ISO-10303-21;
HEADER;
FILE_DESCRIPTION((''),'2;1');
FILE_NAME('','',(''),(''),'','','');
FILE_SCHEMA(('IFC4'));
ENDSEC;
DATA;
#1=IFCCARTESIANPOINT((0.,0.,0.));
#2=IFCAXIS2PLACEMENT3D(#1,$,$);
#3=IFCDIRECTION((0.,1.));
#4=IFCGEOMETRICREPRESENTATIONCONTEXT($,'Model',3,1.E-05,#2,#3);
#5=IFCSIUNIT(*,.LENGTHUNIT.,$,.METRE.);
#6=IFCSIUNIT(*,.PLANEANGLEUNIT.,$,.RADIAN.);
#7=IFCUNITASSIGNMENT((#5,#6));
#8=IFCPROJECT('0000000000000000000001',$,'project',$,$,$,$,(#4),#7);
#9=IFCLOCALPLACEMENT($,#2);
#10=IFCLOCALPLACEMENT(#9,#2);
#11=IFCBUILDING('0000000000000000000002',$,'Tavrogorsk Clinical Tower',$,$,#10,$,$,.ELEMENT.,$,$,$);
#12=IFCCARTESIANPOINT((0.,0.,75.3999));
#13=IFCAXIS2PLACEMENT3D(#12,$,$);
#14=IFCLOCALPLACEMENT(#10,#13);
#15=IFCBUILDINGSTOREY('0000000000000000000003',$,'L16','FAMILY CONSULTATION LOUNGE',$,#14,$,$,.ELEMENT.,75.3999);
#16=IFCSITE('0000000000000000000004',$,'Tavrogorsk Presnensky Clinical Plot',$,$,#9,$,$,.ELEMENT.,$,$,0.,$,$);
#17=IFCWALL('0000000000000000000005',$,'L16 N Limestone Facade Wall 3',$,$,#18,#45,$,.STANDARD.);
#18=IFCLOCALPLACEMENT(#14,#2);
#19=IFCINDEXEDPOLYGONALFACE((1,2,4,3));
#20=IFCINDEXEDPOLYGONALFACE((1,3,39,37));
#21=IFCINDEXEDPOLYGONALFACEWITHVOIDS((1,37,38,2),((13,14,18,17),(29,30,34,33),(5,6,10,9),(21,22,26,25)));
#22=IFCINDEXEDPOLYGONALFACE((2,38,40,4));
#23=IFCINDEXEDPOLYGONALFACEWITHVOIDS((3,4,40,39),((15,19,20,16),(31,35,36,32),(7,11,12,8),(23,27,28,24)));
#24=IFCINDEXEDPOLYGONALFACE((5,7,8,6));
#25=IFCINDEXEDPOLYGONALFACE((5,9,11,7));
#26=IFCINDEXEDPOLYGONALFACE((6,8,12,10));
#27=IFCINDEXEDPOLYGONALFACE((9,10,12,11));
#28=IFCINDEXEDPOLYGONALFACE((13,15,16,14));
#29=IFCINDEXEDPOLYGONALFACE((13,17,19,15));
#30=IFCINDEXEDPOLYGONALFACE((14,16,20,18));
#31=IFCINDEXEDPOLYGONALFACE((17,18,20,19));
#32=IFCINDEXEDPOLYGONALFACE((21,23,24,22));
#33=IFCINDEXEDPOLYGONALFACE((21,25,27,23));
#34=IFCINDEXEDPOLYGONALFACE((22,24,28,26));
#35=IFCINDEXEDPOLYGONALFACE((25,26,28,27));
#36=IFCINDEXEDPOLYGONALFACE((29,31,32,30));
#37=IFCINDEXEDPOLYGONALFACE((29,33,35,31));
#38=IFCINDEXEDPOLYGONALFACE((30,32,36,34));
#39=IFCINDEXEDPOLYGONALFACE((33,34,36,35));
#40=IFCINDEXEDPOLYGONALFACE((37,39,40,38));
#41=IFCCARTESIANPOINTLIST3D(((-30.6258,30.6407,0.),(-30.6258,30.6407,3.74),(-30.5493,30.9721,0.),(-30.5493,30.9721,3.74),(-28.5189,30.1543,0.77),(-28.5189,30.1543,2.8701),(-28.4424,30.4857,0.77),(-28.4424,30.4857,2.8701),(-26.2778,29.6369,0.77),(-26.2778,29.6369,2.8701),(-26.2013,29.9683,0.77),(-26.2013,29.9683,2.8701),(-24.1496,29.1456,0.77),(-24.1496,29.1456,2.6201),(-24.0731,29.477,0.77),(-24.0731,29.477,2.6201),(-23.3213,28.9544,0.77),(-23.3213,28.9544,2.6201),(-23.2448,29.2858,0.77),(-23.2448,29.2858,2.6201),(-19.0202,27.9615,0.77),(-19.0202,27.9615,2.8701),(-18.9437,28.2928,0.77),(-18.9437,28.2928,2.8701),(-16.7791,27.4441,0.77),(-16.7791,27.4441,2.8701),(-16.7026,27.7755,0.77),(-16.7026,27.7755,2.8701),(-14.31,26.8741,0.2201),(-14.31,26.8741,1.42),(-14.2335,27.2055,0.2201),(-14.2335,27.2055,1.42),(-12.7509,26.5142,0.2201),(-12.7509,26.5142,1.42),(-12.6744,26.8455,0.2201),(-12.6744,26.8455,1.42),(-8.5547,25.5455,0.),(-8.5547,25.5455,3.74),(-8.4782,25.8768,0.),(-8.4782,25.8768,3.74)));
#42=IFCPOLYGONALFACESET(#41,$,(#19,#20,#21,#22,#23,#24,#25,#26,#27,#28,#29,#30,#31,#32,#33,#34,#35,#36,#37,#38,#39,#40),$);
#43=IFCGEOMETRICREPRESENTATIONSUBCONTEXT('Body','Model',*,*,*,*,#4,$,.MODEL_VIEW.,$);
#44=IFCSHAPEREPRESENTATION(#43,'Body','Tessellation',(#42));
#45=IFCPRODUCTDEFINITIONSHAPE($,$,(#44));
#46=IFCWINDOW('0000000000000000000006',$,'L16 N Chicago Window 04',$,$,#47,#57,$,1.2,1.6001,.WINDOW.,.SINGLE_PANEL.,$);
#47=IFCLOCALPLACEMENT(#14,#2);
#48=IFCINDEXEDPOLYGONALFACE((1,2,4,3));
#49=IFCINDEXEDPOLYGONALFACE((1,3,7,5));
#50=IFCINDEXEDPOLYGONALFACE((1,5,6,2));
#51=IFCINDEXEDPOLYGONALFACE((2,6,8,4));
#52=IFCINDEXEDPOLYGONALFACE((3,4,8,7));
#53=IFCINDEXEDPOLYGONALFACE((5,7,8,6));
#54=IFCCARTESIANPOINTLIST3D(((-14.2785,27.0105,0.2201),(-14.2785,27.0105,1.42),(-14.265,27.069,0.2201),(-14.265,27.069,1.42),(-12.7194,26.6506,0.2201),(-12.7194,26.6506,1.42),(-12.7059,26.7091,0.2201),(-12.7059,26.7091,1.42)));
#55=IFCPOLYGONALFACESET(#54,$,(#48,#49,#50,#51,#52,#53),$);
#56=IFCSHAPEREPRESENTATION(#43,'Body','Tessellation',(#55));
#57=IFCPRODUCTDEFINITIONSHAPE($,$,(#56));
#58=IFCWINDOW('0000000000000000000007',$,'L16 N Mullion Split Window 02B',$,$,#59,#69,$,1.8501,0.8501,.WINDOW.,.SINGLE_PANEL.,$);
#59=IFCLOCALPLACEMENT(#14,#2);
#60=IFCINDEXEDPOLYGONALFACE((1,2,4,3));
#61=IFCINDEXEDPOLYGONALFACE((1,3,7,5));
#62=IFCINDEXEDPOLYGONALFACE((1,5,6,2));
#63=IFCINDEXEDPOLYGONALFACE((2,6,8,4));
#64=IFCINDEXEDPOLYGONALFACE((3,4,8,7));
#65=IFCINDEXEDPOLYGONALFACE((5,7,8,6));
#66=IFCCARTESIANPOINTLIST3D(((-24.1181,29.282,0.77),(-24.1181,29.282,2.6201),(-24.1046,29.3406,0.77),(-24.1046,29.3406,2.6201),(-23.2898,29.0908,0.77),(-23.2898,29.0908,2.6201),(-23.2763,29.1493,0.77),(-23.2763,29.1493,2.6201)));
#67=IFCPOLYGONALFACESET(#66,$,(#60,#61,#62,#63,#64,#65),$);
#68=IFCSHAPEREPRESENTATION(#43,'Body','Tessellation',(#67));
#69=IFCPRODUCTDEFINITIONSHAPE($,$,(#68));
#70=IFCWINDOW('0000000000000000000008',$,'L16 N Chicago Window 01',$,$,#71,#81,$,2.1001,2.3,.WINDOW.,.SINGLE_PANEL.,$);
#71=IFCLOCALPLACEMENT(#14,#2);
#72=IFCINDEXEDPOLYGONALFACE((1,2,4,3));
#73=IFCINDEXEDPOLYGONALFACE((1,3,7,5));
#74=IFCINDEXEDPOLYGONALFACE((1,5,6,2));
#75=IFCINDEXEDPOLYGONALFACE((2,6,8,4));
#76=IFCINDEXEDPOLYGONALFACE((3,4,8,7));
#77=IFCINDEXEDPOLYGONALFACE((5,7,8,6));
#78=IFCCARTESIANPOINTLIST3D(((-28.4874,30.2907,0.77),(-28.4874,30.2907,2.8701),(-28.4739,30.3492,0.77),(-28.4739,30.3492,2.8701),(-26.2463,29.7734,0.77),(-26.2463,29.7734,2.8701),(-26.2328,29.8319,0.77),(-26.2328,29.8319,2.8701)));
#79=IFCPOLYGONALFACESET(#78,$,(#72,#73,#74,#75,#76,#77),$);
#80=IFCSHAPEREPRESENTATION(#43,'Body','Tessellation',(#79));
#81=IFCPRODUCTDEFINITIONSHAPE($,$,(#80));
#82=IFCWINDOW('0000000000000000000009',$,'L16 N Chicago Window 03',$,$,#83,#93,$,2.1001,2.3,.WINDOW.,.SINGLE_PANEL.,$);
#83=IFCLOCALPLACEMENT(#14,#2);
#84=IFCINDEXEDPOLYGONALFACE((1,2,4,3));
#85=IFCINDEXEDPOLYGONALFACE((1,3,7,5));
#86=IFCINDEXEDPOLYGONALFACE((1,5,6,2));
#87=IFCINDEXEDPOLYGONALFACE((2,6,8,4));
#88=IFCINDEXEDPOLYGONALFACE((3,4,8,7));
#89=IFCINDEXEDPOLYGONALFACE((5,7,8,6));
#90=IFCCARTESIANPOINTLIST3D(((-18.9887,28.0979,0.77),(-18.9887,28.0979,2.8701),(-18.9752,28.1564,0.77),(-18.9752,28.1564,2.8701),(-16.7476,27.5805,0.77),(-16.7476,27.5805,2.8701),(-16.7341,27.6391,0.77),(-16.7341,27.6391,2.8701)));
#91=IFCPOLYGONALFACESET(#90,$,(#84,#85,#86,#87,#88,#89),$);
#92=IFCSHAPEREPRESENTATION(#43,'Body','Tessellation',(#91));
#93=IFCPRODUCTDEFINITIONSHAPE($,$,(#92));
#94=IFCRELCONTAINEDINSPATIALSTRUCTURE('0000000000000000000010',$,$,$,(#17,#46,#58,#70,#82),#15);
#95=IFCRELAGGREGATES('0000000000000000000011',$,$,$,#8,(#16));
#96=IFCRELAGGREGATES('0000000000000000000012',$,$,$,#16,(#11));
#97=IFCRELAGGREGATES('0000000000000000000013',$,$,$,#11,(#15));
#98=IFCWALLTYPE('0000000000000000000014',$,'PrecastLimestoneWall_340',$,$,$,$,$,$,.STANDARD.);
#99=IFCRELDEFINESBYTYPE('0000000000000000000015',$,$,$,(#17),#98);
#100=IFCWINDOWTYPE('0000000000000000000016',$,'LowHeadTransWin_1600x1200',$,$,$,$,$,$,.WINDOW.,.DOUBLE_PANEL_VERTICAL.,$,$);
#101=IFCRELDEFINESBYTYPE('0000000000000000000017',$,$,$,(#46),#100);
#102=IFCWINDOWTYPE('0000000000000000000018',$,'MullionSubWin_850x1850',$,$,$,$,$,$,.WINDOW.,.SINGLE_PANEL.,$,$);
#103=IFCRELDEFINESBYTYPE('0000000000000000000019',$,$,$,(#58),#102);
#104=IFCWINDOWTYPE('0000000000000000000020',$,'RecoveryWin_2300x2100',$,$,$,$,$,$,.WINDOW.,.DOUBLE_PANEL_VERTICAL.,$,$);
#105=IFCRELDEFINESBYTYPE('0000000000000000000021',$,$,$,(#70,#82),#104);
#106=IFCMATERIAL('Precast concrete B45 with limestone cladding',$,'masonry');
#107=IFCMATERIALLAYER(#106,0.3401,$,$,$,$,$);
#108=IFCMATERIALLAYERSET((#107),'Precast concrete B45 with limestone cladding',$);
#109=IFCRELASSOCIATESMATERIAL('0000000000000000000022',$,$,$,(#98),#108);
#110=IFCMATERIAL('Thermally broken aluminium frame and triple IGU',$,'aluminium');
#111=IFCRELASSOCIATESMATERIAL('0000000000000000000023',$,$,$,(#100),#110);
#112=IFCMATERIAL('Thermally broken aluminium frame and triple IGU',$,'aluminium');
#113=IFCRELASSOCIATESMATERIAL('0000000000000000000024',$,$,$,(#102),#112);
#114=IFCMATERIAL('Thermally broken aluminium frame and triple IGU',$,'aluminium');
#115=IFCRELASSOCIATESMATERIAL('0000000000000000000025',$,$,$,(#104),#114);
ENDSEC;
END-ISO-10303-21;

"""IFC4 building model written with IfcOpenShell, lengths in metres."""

from ifc_helpers import new_model, si_unit, direction, frame, frame_2d, origin, place, context, subcontext, project, spatial, rectangle, extrude, material, layer, layer_set, type_object, element, fill, save


model = new_model("IFC4")

# Units and contexts
model_context = context("Model", 3, precision=1e-05, world=origin(), true_north=direction((0.0, 1.0)))
body_context = subcontext(model_context, "Body", "Model", "MODEL_VIEW")
ifc_project = project(units=[si_unit("LENGTHUNIT", "METRE"), si_unit("PLANEANGLEUNIT", "RADIAN")], contexts=[model_context])

# Site, building, storey
site_placement = place(None, origin())
site = spatial("IfcSite", under=ifc_project, at=site_placement, Name="Tavrogorsk Presnensky Clinical Plot", CompositionType="ELEMENT", RefElevation=0.0)
building_placement = place(site_placement, origin())
building = spatial("IfcBuilding", under=site, at=building_placement, Name="Tavrogorsk Clinical Tower", CompositionType="ELEMENT")
storey_placement = place(building_placement, frame((0.0, 0.0, 75.3999)))
storey = spatial("IfcBuildingStorey", under=building, at=storey_placement, Name="L16", Description="FAMILY CONSULTATION LOUNGE", CompositionType="ELEMENT", Elevation=75.3999)

# Wall, openings, windows
ifc_material_1 = material(Name="Precast concrete B45 with limestone cladding", Category="masonry")
ifc_layer_1 = layer(ifc_material_1, 0.3401)
ifc_layer_set_1 = layer_set([ifc_layer_1], Name="Precast concrete B45 with limestone cladding")
wall_type_1 = type_object("IfcWallType", Name="PrecastLimestoneWall_340", PredefinedType="STANDARD", material=ifc_layer_set_1)
wall_1_placement = place(storey_placement, frame((-8.5166, 25.7112, 0.0), z_axis=(0.0, 0.0, 1.0), x_axis=(-0.974373, 0.224939, 0.0)))
wall_1 = element("IfcWall", 1, at=wall_1_placement, inside=storey, type_object=wall_type_1, Name="L16 N Limestone Facade Wall 3", PredefinedType="STANDARD", context=body_context, shape_type="SweptSolid", body=[
    extrude(rectangle(XDim=22.6516, YDim=0.3401, at=frame_2d((11.3257, 0.0))), origin(), (0.0, 0.0, 1.0), 3.74),
])
opening_1_placement = place(wall_1_placement, frame((18.1892, 0.0, 0.77)))
opening_1 = element("IfcOpeningElement", 2, at=opening_1_placement, cuts=wall_1, PredefinedType="OPENING", context=body_context, shape_type="SweptSolid", body=[
    extrude(rectangle(XDim=2.3, YDim=2.1001, at=frame_2d((1.1499, 1.05))), frame((0.0, 0.1799, 0.0), z_axis=(0.0, -1.0, 0.0), x_axis=(1.0, 0.0, 0.0)), (0.0, 0.0, 1.0), 0.3601),
])
opening_2_placement = place(wall_1_placement, frame((15.1548, 0.0, 0.77)))
opening_2 = element("IfcOpeningElement", 3, at=opening_2_placement, cuts=wall_1, PredefinedType="OPENING", context=body_context, shape_type="SweptSolid", body=[
    extrude(rectangle(XDim=0.8501, YDim=1.8501, at=frame_2d((0.425, 0.925))), frame((0.0, 0.1799, 0.0), z_axis=(0.0, -1.0, 0.0), x_axis=(1.0, 0.0, 0.0)), (0.0, 0.0, 1.0), 0.3601),
])
opening_3_placement = place(wall_1_placement, frame((8.4407, 0.0, 0.77)))
opening_3 = element("IfcOpeningElement", 4, at=opening_3_placement, cuts=wall_1, PredefinedType="OPENING", context=body_context, shape_type="SweptSolid", body=[
    extrude(rectangle(XDim=2.3, YDim=2.1001, at=frame_2d((1.1499, 1.05))), frame((0.0, 0.1799, 0.0), z_axis=(0.0, -1.0, 0.0), x_axis=(1.0, 0.0, 0.0)), (0.0, 0.0, 1.0), 0.3601),
])
opening_4_placement = place(wall_1_placement, frame((4.3064, 0.0, 0.22)))
opening_4 = element("IfcOpeningElement", 5, at=opening_4_placement, cuts=wall_1, PredefinedType="OPENING", context=body_context, shape_type="SweptSolid", body=[
    extrude(rectangle(XDim=1.6001, YDim=1.2, at=frame_2d((0.8, 0.6001))), frame((0.0, 0.1799, 0.0), z_axis=(0.0, -1.0, 0.0), x_axis=(1.0, 0.0, 0.0)), (0.0, 0.0, 1.0), 0.3601),
])
ifc_material_2 = material(Name="Thermally broken aluminium frame and triple IGU", Category="aluminium")
window_type_1 = type_object("IfcWindowType", Name="LowHeadTransWin_1600x1200", PartitioningType="DOUBLE_PANEL_VERTICAL", PredefinedType="WINDOW", material=ifc_material_2)
window_1_placement = place(opening_4_placement, origin())
window_1 = element("IfcWindow", 6, at=window_1_placement, inside=storey, type_object=window_type_1, Name="L16 N Chicago Window 04", OverallHeight=1.2, OverallWidth=1.6001, PartitioningType="SINGLE_PANEL", PredefinedType="WINDOW", context=body_context, shape_type="SweptSolid", body=[
    extrude(rectangle(XDim=1.6001, YDim=1.2, at=frame_2d((0.8, 0.6001))), frame((0.0, 0.03, 0.0), z_axis=(0.0, -1.0, 0.0), x_axis=(1.0, 0.0, 0.0)), (0.0, 0.0, 1.0), 0.0601),
])
fill(opening_4, window_1)
ifc_material_3 = material(Name="Thermally broken aluminium frame and triple IGU", Category="aluminium")
window_type_2 = type_object("IfcWindowType", Name="MullionSubWin_850x1850", PartitioningType="SINGLE_PANEL", PredefinedType="WINDOW", material=ifc_material_3)
window_2_placement = place(opening_2_placement, origin())
window_2 = element("IfcWindow", 7, at=window_2_placement, inside=storey, type_object=window_type_2, Name="L16 N Mullion Split Window 02B", OverallHeight=1.8501, OverallWidth=0.8501, PartitioningType="SINGLE_PANEL", PredefinedType="WINDOW", context=body_context, shape_type="SweptSolid", body=[
    extrude(rectangle(XDim=0.8501, YDim=1.8501, at=frame_2d((0.425, 0.925))), frame((0.0, 0.03, 0.0), z_axis=(0.0, -1.0, 0.0), x_axis=(1.0, 0.0, 0.0)), (0.0, 0.0, 1.0), 0.0601),
])
fill(opening_2, window_2)
ifc_material_4 = material(Name="Thermally broken aluminium frame and triple IGU", Category="aluminium")
window_type_3 = type_object("IfcWindowType", Name="RecoveryWin_2300x2100", PartitioningType="DOUBLE_PANEL_VERTICAL", PredefinedType="WINDOW", material=ifc_material_4)
window_3_placement = place(opening_1_placement, origin())
window_3 = element("IfcWindow", 8, at=window_3_placement, inside=storey, type_object=window_type_3, Name="L16 N Chicago Window 01", OverallHeight=2.1001, OverallWidth=2.3, PartitioningType="SINGLE_PANEL", PredefinedType="WINDOW", context=body_context, shape_type="SweptSolid", body=[
    extrude(rectangle(XDim=2.3, YDim=2.1001, at=frame_2d((1.1499, 1.05))), frame((0.0, 0.03, 0.0), z_axis=(0.0, -1.0, 0.0), x_axis=(1.0, 0.0, 0.0)), (0.0, 0.0, 1.0), 0.0601),
])
fill(opening_1, window_3)
window_4_placement = place(opening_3_placement, origin())
window_4 = element("IfcWindow", 9, at=window_4_placement, inside=storey, type_object=window_type_3, Name="L16 N Chicago Window 03", OverallHeight=2.1001, OverallWidth=2.3, PartitioningType="SINGLE_PANEL", PredefinedType="WINDOW", context=body_context, shape_type="SweptSolid", body=[
    extrude(rectangle(XDim=2.3, YDim=2.1001, at=frame_2d((1.1499, 1.05))), frame((0.0, 0.03, 0.0), z_axis=(0.0, -1.0, 0.0), x_axis=(1.0, 0.0, 0.0)), (0.0, 0.0, 1.0), 0.0601),
])
fill(opening_3, window_4)

save(model, "model.ifc")
